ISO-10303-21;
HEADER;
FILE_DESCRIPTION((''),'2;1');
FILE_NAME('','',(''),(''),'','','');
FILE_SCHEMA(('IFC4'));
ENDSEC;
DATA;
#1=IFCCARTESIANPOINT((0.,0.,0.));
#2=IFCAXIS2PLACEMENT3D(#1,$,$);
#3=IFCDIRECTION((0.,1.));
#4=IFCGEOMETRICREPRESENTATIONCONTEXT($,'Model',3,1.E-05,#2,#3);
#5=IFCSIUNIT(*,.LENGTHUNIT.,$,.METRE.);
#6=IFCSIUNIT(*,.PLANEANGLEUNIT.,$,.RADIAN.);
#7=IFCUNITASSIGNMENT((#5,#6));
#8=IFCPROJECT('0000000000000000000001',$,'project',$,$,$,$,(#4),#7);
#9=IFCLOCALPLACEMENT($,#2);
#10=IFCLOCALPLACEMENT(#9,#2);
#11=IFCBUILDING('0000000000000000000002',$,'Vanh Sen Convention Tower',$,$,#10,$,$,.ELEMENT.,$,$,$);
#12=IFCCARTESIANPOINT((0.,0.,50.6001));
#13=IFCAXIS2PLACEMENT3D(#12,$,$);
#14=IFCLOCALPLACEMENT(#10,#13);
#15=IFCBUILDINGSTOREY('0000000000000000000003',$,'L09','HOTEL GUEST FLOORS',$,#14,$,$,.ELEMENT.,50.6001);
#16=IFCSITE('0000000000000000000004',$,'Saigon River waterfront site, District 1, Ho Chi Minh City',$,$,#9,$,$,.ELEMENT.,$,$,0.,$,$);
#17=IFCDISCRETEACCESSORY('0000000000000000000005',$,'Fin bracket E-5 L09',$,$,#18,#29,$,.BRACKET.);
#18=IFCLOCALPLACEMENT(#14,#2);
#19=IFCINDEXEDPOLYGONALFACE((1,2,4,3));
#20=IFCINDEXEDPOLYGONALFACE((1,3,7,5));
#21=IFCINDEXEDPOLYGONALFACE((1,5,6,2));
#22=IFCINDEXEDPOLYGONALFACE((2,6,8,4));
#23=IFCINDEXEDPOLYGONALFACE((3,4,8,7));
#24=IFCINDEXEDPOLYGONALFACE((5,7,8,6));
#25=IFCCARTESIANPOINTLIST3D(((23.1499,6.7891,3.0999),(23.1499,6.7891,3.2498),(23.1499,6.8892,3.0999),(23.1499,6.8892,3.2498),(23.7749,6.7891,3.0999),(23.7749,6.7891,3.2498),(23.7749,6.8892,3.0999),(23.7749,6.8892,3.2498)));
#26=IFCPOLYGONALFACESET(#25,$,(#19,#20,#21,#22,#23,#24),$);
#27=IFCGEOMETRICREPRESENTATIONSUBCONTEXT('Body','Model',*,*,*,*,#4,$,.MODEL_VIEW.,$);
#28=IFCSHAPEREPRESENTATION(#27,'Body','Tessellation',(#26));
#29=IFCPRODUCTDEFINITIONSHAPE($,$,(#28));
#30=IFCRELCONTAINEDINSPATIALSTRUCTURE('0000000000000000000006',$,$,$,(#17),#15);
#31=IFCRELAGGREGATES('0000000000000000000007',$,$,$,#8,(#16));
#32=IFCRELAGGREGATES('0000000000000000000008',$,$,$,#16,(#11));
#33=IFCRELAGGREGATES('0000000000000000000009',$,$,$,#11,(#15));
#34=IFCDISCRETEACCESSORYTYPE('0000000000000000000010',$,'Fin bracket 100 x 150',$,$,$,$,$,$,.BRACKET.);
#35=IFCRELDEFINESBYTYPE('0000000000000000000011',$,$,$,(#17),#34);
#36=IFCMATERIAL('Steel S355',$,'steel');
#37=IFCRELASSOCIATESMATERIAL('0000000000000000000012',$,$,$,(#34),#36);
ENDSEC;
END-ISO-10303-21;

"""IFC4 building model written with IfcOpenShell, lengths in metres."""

from ifc_helpers import new_model, si_unit, direction, frame, origin, origin_2d, place, context, subcontext, project, spatial, rectangle, extrude, material, type_object, element, save


model = new_model("IFC4")

# Units and contexts
model_context = context("Model", 3, precision=1e-05, world=origin(), true_north=direction((0.0, 1.0)))
body_context = subcontext(model_context, "Body", "Model", "MODEL_VIEW")
ifc_project = project(units=[si_unit("LENGTHUNIT", "METRE"), si_unit("PLANEANGLEUNIT", "RADIAN")], contexts=[model_context])

# Site, building, storey
site_placement = place(None, origin())
site = spatial("IfcSite", under=ifc_project, at=site_placement, Name="Saigon River waterfront site, District 1, Ho Chi Minh City", CompositionType="ELEMENT", RefElevation=0.0)
building_placement = place(site_placement, origin())
building = spatial("IfcBuilding", under=site, at=building_placement, Name="Vanh Sen Convention Tower", CompositionType="ELEMENT")
storey_placement = place(building_placement, frame((0.0, 0.0, 50.6001)))
storey = spatial("IfcBuildingStorey", under=building, at=storey_placement, Name="L09", Description="HOTEL GUEST FLOORS", CompositionType="ELEMENT", Elevation=50.6001)

# Discrete accessory
ifc_material_1 = material(Name="Steel S355", Category="steel")
discrete_accessory_type = type_object("IfcDiscreteAccessoryType", Name="Fin bracket 100 x 150", PredefinedType="BRACKET", material=ifc_material_1)
discrete_accessory_placement = place(storey_placement, frame((23.4624, 6.8391, 3.0999), z_axis=(0.0, 0.0, 1.0), x_axis=(1.0, 0.0, 0.0)))
element("IfcDiscreteAccessory", 1, at=discrete_accessory_placement, inside=storey, type_object=discrete_accessory_type, Name="Fin bracket E-5 L09", PredefinedType="BRACKET", context=body_context, shape_type="SweptSolid", body=[
    extrude(rectangle(XDim=0.625, YDim=0.1001, at=origin_2d()), origin(), (0.0, 0.0, 1.0), 0.1499),
])

save(model, "model.ifc")
